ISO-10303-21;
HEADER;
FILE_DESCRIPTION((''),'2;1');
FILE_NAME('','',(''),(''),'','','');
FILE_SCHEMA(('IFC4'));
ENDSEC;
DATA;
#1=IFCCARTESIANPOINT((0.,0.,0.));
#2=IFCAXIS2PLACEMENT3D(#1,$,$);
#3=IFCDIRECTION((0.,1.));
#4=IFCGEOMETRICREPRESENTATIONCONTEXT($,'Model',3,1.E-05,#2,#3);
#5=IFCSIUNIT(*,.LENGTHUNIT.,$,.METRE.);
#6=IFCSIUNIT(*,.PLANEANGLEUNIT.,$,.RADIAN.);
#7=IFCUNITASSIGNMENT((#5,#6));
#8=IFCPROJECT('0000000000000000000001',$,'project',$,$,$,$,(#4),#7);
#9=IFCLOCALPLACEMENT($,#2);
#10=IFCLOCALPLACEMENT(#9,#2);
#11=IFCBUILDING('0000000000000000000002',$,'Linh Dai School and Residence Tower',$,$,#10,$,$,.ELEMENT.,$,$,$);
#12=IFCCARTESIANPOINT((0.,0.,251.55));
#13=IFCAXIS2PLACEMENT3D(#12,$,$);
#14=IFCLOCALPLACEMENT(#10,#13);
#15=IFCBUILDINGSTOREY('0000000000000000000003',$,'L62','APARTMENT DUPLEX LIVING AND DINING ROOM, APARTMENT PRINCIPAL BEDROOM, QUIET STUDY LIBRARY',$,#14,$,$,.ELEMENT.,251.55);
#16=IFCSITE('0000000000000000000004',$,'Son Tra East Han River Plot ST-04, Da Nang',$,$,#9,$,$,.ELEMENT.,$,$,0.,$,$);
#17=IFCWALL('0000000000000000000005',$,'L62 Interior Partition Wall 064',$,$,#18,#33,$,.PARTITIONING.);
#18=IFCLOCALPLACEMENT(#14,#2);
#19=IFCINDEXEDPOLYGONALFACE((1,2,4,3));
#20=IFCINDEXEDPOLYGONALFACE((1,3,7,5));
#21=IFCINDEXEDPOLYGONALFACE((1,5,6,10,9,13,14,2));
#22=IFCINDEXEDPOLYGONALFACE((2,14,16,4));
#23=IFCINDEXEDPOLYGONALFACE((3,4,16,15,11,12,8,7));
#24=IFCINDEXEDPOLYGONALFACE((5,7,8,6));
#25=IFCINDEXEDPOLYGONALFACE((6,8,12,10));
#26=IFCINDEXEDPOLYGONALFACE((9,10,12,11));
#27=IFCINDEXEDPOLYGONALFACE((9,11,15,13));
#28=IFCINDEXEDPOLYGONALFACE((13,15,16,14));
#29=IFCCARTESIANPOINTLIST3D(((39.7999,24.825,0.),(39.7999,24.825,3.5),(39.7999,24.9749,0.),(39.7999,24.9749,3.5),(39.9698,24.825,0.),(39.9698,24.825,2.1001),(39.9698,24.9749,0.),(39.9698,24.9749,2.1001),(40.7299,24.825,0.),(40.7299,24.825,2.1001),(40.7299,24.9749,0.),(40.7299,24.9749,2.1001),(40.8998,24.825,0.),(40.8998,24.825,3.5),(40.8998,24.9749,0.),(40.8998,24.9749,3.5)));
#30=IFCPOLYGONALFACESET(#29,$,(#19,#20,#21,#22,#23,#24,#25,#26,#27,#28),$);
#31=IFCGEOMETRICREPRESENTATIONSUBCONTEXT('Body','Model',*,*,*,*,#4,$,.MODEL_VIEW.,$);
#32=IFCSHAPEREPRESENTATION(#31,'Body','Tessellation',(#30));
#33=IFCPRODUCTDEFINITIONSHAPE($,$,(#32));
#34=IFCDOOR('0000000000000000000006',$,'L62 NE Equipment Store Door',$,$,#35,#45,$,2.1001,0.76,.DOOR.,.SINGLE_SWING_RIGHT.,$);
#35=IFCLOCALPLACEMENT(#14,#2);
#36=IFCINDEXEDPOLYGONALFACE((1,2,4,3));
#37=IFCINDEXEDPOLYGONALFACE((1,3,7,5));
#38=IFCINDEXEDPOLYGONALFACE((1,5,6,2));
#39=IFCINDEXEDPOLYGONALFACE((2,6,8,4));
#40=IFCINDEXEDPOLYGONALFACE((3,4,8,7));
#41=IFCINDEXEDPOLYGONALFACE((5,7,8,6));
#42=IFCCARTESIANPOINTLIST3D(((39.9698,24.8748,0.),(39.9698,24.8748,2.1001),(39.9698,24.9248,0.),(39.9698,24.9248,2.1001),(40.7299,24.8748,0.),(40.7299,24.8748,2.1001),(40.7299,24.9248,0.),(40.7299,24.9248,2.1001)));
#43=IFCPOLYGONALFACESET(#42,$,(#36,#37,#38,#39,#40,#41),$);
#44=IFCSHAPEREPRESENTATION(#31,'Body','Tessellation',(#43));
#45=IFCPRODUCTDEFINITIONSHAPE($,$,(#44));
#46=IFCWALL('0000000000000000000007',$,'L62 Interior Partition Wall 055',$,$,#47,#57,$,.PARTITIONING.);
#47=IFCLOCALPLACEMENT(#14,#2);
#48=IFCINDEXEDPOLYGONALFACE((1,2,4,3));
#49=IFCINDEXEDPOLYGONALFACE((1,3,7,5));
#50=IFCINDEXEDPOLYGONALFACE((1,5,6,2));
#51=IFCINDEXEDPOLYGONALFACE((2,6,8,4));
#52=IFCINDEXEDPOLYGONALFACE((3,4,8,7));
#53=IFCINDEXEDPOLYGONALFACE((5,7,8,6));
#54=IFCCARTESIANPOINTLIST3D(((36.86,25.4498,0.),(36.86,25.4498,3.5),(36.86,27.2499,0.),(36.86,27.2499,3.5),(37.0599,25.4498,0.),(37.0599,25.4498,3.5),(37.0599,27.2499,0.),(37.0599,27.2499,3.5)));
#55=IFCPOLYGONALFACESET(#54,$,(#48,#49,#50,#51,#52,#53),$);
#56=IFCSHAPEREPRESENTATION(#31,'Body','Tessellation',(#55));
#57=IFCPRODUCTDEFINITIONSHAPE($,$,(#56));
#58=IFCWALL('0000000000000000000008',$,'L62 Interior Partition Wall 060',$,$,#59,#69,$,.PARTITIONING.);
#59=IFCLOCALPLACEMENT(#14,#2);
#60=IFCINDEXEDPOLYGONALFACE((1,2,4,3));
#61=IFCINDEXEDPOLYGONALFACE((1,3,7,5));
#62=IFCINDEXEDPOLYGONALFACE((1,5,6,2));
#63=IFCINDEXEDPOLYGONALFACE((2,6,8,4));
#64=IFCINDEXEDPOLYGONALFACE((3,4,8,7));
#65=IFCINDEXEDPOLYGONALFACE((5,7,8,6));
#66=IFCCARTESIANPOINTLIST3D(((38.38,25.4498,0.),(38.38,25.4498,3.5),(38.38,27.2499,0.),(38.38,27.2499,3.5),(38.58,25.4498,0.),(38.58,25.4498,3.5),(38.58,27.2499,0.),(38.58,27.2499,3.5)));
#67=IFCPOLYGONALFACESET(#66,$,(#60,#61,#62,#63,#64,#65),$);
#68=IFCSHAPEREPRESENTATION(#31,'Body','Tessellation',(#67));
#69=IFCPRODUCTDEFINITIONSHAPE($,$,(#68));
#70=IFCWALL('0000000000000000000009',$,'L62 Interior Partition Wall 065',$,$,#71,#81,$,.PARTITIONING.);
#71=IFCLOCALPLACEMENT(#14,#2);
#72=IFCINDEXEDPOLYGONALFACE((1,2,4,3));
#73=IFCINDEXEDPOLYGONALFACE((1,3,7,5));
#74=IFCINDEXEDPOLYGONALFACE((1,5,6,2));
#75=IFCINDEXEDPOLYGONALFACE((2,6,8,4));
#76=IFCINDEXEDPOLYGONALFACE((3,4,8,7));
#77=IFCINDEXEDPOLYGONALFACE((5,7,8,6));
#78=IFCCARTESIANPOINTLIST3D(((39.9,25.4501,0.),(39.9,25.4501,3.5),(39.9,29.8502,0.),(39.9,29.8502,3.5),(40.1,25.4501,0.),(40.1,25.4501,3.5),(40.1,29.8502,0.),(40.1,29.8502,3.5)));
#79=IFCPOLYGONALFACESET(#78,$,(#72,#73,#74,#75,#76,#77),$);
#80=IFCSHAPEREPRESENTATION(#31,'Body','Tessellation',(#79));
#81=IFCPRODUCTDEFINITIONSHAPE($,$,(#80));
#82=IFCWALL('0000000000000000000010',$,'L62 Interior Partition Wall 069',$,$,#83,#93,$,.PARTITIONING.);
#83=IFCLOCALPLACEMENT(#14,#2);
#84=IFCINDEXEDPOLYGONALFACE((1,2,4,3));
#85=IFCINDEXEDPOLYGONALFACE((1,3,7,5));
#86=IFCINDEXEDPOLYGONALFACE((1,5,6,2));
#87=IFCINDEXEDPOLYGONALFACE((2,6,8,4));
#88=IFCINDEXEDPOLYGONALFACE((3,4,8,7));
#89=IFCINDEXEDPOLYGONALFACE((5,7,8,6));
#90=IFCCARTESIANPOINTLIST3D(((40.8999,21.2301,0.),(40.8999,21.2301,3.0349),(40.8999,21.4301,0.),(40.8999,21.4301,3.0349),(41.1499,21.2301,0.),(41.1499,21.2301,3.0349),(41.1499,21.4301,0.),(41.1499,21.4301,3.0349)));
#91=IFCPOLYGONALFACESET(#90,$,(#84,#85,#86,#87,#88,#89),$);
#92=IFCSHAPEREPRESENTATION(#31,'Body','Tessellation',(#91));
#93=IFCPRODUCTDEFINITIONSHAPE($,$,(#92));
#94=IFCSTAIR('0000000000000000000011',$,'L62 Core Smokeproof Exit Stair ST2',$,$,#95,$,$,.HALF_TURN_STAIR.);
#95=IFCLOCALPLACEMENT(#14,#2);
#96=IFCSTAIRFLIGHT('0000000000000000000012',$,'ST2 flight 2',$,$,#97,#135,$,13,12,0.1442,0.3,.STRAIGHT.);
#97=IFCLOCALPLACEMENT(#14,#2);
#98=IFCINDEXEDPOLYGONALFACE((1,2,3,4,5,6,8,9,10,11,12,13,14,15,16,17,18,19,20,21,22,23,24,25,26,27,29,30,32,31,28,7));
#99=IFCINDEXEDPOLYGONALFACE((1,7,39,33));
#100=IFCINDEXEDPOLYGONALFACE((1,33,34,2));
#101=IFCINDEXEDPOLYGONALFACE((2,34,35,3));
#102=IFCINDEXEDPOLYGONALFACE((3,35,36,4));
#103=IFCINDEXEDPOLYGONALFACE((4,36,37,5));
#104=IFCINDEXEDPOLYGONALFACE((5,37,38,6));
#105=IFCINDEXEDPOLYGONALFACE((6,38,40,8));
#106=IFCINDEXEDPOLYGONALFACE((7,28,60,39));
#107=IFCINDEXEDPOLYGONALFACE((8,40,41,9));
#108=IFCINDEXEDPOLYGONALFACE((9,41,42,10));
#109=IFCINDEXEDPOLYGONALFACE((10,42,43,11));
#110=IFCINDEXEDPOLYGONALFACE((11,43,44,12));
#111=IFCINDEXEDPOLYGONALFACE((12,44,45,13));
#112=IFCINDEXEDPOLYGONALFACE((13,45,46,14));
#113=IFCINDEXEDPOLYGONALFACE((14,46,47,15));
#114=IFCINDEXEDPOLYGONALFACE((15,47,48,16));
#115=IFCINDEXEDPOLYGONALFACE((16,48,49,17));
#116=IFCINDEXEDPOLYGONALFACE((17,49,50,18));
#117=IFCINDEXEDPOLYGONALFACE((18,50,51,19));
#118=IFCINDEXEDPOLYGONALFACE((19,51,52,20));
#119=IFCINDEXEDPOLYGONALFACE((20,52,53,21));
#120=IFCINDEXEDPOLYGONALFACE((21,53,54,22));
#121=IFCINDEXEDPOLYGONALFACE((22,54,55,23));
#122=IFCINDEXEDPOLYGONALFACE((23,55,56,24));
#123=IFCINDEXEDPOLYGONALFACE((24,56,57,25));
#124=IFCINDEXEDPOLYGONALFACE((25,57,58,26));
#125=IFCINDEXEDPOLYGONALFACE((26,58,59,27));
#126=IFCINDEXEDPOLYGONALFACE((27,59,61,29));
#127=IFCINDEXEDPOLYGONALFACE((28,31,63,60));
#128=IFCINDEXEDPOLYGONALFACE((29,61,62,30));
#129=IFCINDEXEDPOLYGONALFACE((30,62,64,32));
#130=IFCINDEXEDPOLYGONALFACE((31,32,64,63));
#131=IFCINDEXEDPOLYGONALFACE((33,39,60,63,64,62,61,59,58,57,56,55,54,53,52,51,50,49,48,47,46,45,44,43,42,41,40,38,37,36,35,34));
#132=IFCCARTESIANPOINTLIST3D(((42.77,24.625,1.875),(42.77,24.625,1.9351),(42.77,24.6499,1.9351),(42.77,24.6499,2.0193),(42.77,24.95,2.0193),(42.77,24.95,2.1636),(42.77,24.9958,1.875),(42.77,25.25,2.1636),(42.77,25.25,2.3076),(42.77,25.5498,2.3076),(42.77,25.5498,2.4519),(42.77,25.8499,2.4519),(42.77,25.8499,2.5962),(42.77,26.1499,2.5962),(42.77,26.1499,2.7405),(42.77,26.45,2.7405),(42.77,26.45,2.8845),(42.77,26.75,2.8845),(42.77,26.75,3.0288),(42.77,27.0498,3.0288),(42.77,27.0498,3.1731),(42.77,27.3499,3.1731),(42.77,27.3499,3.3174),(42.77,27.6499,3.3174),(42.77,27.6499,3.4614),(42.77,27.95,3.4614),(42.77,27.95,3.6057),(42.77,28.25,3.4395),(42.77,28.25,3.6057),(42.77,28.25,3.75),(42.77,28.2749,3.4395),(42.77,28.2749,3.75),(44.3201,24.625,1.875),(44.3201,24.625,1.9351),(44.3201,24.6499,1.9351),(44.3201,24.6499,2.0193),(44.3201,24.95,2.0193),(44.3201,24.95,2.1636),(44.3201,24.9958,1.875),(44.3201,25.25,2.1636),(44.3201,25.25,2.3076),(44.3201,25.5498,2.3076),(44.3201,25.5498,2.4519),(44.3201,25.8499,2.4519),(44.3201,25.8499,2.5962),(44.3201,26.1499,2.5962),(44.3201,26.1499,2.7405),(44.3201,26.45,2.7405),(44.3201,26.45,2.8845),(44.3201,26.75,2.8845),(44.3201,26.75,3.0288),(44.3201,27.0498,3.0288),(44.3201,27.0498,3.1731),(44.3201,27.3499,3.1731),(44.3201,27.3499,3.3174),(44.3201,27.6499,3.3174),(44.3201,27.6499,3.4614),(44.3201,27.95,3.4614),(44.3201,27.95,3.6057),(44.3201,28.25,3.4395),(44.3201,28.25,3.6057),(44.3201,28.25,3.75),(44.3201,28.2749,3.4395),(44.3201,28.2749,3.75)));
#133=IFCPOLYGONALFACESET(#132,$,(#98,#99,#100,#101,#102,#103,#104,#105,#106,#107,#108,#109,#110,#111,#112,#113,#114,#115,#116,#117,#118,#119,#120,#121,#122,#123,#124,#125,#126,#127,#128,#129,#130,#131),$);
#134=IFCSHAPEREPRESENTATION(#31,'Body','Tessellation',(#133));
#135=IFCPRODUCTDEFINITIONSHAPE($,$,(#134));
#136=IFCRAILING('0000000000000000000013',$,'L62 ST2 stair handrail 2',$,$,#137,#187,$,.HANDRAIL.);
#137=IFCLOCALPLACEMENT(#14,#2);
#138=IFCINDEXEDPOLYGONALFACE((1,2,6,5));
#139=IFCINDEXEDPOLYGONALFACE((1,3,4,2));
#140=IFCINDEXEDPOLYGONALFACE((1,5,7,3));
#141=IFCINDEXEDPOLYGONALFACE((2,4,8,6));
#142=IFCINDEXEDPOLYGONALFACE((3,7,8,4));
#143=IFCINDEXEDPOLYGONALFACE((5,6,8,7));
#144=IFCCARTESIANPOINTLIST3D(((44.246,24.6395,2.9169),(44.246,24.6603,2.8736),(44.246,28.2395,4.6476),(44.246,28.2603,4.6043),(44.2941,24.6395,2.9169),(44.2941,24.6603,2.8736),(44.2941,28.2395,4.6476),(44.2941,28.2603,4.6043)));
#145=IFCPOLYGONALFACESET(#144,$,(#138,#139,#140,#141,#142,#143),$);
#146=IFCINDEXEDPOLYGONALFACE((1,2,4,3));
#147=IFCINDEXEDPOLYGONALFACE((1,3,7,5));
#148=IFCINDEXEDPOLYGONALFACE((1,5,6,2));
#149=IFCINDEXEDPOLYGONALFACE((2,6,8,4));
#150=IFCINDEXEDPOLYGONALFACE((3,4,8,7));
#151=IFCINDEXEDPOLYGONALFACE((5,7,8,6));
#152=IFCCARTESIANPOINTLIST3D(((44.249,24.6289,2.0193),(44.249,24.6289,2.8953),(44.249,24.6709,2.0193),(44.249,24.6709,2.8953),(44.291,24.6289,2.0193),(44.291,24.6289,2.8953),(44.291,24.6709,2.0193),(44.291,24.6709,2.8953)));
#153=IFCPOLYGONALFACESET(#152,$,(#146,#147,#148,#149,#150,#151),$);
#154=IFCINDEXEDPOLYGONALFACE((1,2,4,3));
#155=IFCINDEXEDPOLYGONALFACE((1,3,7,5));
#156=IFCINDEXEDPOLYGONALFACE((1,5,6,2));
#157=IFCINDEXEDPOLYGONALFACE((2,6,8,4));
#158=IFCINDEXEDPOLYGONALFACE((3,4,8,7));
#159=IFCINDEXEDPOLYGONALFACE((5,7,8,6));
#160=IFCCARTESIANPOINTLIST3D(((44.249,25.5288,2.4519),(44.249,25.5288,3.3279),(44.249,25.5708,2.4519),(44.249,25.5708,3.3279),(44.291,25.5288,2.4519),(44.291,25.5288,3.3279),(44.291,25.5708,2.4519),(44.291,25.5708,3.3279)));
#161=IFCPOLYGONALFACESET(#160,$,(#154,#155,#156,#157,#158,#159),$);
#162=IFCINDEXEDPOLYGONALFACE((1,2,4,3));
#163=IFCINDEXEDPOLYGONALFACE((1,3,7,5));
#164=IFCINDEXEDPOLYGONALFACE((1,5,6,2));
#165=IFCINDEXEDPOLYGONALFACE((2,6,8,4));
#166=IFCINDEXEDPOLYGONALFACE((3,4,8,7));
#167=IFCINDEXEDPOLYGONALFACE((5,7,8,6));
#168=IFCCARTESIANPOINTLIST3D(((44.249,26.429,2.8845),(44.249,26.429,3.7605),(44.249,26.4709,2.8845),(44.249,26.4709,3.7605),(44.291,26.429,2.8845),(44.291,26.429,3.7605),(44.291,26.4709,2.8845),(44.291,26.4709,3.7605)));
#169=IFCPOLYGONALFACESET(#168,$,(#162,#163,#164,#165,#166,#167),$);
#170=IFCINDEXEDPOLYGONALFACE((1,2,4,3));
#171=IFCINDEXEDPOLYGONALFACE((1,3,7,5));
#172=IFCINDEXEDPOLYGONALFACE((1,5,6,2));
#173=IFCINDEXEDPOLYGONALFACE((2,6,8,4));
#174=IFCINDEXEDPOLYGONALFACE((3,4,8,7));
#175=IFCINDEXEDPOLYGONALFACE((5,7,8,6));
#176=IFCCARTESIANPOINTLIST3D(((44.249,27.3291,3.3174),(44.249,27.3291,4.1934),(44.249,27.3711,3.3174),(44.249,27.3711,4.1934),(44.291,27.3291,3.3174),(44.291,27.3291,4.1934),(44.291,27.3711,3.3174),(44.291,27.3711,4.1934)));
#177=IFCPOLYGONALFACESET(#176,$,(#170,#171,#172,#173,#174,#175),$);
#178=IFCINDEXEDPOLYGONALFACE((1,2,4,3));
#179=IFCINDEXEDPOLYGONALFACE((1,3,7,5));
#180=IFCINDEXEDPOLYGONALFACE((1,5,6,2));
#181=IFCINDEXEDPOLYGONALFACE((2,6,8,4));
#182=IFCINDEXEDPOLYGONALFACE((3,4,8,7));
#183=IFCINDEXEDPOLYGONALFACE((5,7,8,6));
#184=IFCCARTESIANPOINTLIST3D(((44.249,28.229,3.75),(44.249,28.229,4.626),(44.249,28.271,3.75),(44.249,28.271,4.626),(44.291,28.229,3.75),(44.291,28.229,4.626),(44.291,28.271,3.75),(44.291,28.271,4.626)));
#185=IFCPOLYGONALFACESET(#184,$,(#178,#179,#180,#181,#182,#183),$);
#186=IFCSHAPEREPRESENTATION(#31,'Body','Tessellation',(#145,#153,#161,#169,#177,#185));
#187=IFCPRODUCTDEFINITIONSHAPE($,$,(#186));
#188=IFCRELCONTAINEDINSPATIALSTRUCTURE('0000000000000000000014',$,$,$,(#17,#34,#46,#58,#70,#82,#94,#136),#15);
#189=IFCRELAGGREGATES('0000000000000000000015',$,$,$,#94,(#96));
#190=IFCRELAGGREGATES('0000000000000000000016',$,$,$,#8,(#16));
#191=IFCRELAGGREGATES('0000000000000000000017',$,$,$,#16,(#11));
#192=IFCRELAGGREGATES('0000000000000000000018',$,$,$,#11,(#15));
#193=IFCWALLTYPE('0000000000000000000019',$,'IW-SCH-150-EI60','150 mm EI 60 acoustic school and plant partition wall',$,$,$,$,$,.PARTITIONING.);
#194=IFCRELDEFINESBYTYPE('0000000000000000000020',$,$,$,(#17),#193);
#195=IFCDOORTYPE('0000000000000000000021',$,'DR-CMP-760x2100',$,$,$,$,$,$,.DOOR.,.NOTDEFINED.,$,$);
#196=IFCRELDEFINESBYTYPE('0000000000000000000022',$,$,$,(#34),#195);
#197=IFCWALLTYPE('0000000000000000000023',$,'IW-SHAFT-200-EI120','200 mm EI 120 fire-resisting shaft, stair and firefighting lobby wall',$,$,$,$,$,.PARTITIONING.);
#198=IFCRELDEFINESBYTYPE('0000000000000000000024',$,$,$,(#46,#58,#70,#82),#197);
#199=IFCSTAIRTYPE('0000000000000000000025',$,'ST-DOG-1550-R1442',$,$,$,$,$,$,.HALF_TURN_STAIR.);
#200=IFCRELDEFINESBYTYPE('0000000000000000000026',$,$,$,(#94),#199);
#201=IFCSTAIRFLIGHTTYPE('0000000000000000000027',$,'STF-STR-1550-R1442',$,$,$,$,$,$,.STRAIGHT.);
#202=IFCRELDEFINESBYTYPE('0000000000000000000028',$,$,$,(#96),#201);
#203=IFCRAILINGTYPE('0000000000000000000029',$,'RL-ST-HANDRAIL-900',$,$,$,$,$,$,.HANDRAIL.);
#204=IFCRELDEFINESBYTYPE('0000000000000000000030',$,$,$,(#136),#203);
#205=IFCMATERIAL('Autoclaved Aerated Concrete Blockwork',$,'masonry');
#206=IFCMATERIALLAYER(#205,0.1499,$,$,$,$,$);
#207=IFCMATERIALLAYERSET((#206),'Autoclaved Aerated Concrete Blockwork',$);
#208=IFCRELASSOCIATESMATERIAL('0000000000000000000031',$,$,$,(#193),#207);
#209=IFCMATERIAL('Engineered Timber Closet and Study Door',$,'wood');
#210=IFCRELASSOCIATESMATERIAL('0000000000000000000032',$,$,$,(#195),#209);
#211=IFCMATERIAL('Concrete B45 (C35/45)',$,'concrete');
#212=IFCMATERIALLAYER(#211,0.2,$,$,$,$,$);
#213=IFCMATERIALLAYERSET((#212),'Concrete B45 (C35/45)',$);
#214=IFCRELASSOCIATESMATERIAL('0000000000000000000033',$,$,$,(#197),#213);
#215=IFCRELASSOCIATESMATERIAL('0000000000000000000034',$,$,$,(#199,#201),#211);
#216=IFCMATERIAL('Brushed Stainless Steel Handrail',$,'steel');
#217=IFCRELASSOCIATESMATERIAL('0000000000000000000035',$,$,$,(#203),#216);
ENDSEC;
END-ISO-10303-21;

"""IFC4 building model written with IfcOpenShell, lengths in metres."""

from ifc_helpers import new_model, si_unit, direction, frame, frame_2d, origin, origin_2d, place, context, subcontext, project, spatial, polyline, rectangle, outline, extrude, source, transform, mapped, material, layer, layer_set, type_object, element, fill, aggregate, save


model = new_model("IFC4")

# Units and contexts
model_context = context("Model", 3, precision=1e-05, world=origin(), true_north=direction((0.0, 1.0)))
body_context = subcontext(model_context, "Body", "Model", "MODEL_VIEW")
ifc_project = project(units=[si_unit("LENGTHUNIT", "METRE"), si_unit("PLANEANGLEUNIT", "RADIAN")], contexts=[model_context])

# Site, building, storey
site_placement = place(None, origin())
site = spatial("IfcSite", under=ifc_project, at=site_placement, Name="Son Tra East Han River Plot ST-04, Da Nang", CompositionType="ELEMENT", RefElevation=0.0)
building_placement = place(site_placement, origin())
building = spatial("IfcBuilding", under=site, at=building_placement, Name="Linh Dai School and Residence Tower", CompositionType="ELEMENT")
storey_placement = place(building_placement, frame((0.0, 0.0, 251.55)))
storey = spatial("IfcBuildingStorey", under=building, at=storey_placement, Name="L62", Description="APARTMENT DUPLEX LIVING AND DINING ROOM, APARTMENT PRINCIPAL BEDROOM, QUIET STUDY LIBRARY", CompositionType="ELEMENT", Elevation=251.55)

# Shared definitions
ifc_material_1 = material(Name="Autoclaved Aerated Concrete Blockwork", Category="masonry")

# Wall, opening, door
ifc_layer_1 = layer(ifc_material_1, 0.1499)
ifc_layer_set_1 = layer_set([ifc_layer_1], Name="Autoclaved Aerated Concrete Blockwork")
wall_type_1 = type_object("IfcWallType", Name="IW-SCH-150-EI60", Description="150 mm EI 60 acoustic school and plant partition wall", PredefinedType="PARTITIONING", material=ifc_layer_set_1)
wall_1_placement = place(storey_placement, frame((39.8, 24.8999, 0.0), z_axis=(0.0, 0.0, 1.0), x_axis=(1.0, 0.0, 0.0)))
wall_1 = element("IfcWall", 1, at=wall_1_placement, inside=storey, type_object=wall_type_1, Name="L62 Interior Partition Wall 064", PredefinedType="PARTITIONING", context=body_context, shape_type="SweptSolid", body=[
    extrude(rectangle(XDim=1.0999, YDim=0.1499, at=frame_2d((0.5498, 0.0))), origin(), (0.0, 0.0, 1.0), 3.5),
])
opening_1_placement = place(wall_1_placement, frame((0.1699, 0.0, 0.0)))
opening_1 = element("IfcOpeningElement", 2, at=opening_1_placement, cuts=wall_1, PredefinedType="OPENING", context=body_context, shape_type="SweptSolid", body=[
    extrude(rectangle(XDim=0.76, YDim=2.1001, at=origin_2d()), frame((0.3799, 0.085, 1.05), z_axis=(0.0, -1.0, 0.0), x_axis=(1.0, 0.0, 0.0)), (0.0, 0.0, 1.0), 0.1699),
])
ifc_material_2 = material(Name="Engineered Timber Closet and Study Door", Category="wood")
door_type_1 = type_object("IfcDoorType", Name="DR-CMP-760x2100", OperationType="NOTDEFINED", PredefinedType="DOOR", material=ifc_material_2)
shared_shape_1 = source(origin(), body_context, "Body", "SweptSolid", [
    extrude(rectangle(XDim=0.76, YDim=2.1001, at=origin_2d()), frame((0.3799, 0.0249, 1.05), z_axis=(0.0, -1.0, 0.0), x_axis=(1.0, 0.0, 0.0)), (0.0, 0.0, 1.0), 0.05),
])
door_1_placement = place(opening_1_placement, origin())
door_1 = element("IfcDoor", 3, at=door_1_placement, inside=storey, type_object=door_type_1, Name="L62 NE Equipment Store Door", OperationType="SINGLE_SWING_RIGHT", OverallHeight=2.1001, OverallWidth=0.76, PredefinedType="DOOR", context=body_context, shape_type="MappedRepresentation", body=[
    mapped(shared_shape_1, transform((0.0, 0.0, 0.0), x_axis=(1.0, 0.0, 0.0), y_axis=(0.0, 1.0, 0.0), z_axis=(0.0, 0.0, 1.0), scale=1.0)),
])
fill(opening_1, door_1)

# Walls
ifc_material_3 = material(Name="Concrete B45 (C35/45)", Category="concrete")
ifc_layer_2 = layer(ifc_material_3, 0.2)
ifc_layer_set_2 = layer_set([ifc_layer_2], Name="Concrete B45 (C35/45)")
wall_type_2 = type_object("IfcWallType", Name="IW-SHAFT-200-EI120", Description="200 mm EI 120 fire-resisting shaft, stair and firefighting lobby wall", PredefinedType="PARTITIONING", material=ifc_layer_set_2)
for number, where, z_axis, x_axis, name in (
    (4, (36.96, 25.45, 0.0), (0.0, 0.0, 1.0), (0.0, 1.0, 0.0), "L62 Interior Partition Wall 055"),
    (5, (38.48, 25.45, 0.0), (0.0, 0.0, 1.0), (0.0, 1.0, 0.0), "L62 Interior Partition Wall 060"),
):
    element("IfcWall", number, at=place(storey_placement, frame(where, z_axis=z_axis, x_axis=x_axis)), inside=storey, type_object=wall_type_2, Name=name, PredefinedType="PARTITIONING", context=body_context, shape_type="SweptSolid", body=[
        extrude(rectangle(XDim=1.8, YDim=0.2, at=frame_2d((0.8999, 0.0))), origin(), (0.0, 0.0, 1.0), 3.5),
    ])
wall_2_placement = place(storey_placement, frame((40.0, 25.45, 0.0), z_axis=(0.0, 0.0, 1.0), x_axis=(0.0, 1.0, 0.0)))
element("IfcWall", 6, at=wall_2_placement, inside=storey, type_object=wall_type_2, Name="L62 Interior Partition Wall 065", PredefinedType="PARTITIONING", context=body_context, shape_type="SweptSolid", body=[
    extrude(rectangle(XDim=4.4001, YDim=0.2, at=frame_2d((2.2002, 0.0))), origin(), (0.0, 0.0, 1.0), 3.5),
])
wall_3_placement = place(storey_placement, frame((40.8999, 21.3301, 0.0), z_axis=(0.0, 0.0, 1.0), x_axis=(1.0, 0.0, 0.0)))
element("IfcWall", 7, at=wall_3_placement, inside=storey, type_object=wall_type_2, Name="L62 Interior Partition Wall 069", PredefinedType="PARTITIONING", context=body_context, shape_type="SweptSolid", body=[
    extrude(rectangle(XDim=0.25, YDim=0.2, at=frame_2d((0.125, 0.0))), origin(), (0.0, 0.0, 1.0), 3.0349),
])

# Stair, stair flight
stair_type = type_object("IfcStairType", Name="ST-DOG-1550-R1442", PredefinedType="HALF_TURN_STAIR", material=ifc_material_3)
stair_placement = place(storey_placement, origin())
stair = element("IfcStair", 8, at=stair_placement, inside=storey, type_object=stair_type, Name="L62 Core Smokeproof Exit Stair ST2", PredefinedType="HALF_TURN_STAIR")
stair_flight_type = type_object("IfcStairFlightType", Name="STF-STR-1550-R1442", PredefinedType="STRAIGHT", material=ifc_material_3)
shared_shape_2 = source(origin(), body_context, "Body", "SweptSolid", [
    extrude(outline(polyline([(-0.0249, 0.0), (-0.0249, 0.0601), (0.0, 0.0601), (0.0, 0.1443), (0.3, 0.1443), (0.3, 0.2886), (0.6001, 0.2886), (0.6001, 0.4326), (0.8999, 0.4326), (0.8999, 0.5769), (1.2, 0.5769), (1.2, 0.7212), (1.5, 0.7212), (1.5, 0.8655), (1.8, 0.8655), (1.8, 1.0095), (2.1001, 1.0095), (2.1001, 1.1538), (2.3999, 1.1538), (2.3999, 1.2981), (2.7, 1.2981), (2.7, 1.4424), (3.0, 1.4424), (3.0, 1.5864), (3.3, 1.5864), (3.3, 1.7307), (3.6001, 1.7307), (3.6001, 1.875), (3.625, 1.875), (3.625, 1.5645), (3.6001, 1.5645), (0.3459, 0.0), (-0.0249, 0.0)])), frame((0.0, 0.7749, 0.0), z_axis=(0.0, -1.0, 0.0), x_axis=(1.0, 0.0, 0.0)), (0.0, 0.0, 1.0), 1.55),
])
stair_flight_placement = place(storey_placement, frame((43.5449, 24.6499, 1.875), z_axis=(0.0, 0.0, 1.0), x_axis=(0.0, 1.0, 0.0)))
stair_flight = element("IfcStairFlight", 9, at=stair_flight_placement, type_object=stair_flight_type, Name="ST2 flight 2", NumberOfRisers=13, NumberOfTreads=12, PredefinedType="STRAIGHT", RiserHeight=0.1442, TreadLength=0.3, context=body_context, shape_type="MappedRepresentation", body=[
    mapped(shared_shape_2, transform((0.0, 0.0, 0.0), x_axis=(1.0, 0.0, 0.0), y_axis=(0.0, 1.0, 0.0), z_axis=(0.0, 0.0, 1.0), scale=1.0)),
])
aggregate(stair, [stair_flight])

# Railing
ifc_material_4 = material(Name="Brushed Stainless Steel Handrail", Category="steel")
railing_type_1 = type_object("IfcRailingType", Name="RL-ST-HANDRAIL-900", PredefinedType="HANDRAIL", material=ifc_material_4)
shared_shape_3 = source(origin(), body_context, "Body", "SweptSolid", [
    extrude(rectangle(XDim=0.0481, YDim=0.0481, at=origin_2d()), frame((0.0, 0.0, 0.876), z_axis=(0.0, 0.901263, 0.433273), x_axis=(-1.0, 0.0, 0.0)), (0.0, 0.0, 1.0), 3.9944),
    extrude(rectangle(XDim=0.042, YDim=0.042, at=origin_2d()), origin(), (0.0, 0.0, 1.0), 0.876),
    extrude(rectangle(XDim=0.042, YDim=0.042, at=origin_2d()), frame((0.0, 0.8999, 0.4326)), (0.0, 0.0, 1.0), 0.876),
    extrude(rectangle(XDim=0.042, YDim=0.042, at=origin_2d()), frame((0.0, 1.8, 0.8652)), (0.0, 0.0, 1.0), 0.876),
    extrude(rectangle(XDim=0.042, YDim=0.042, at=origin_2d()), frame((0.0, 2.7002, 1.2981)), (0.0, 0.0, 1.0), 0.876),
    extrude(rectangle(XDim=0.042, YDim=0.042, at=origin_2d()), frame((0.0, 3.6001, 1.7307)), (0.0, 0.0, 1.0), 0.876),
])
railing_1_placement = place(storey_placement, frame((44.27, 24.6499, 2.0193)))
element("IfcRailing", 10, at=railing_1_placement, inside=storey, type_object=railing_type_1, Name="L62 ST2 stair handrail 2", PredefinedType="HANDRAIL", context=body_context, shape_type="MappedRepresentation", body=[
    mapped(shared_shape_3, transform((0.0, 0.0, 0.0), x_axis=(1.0, 0.0, 0.0), y_axis=(0.0, 1.0, 0.0), z_axis=(0.0, 0.0, 1.0), scale=1.0)),
])

save(model, "model.ifc")
